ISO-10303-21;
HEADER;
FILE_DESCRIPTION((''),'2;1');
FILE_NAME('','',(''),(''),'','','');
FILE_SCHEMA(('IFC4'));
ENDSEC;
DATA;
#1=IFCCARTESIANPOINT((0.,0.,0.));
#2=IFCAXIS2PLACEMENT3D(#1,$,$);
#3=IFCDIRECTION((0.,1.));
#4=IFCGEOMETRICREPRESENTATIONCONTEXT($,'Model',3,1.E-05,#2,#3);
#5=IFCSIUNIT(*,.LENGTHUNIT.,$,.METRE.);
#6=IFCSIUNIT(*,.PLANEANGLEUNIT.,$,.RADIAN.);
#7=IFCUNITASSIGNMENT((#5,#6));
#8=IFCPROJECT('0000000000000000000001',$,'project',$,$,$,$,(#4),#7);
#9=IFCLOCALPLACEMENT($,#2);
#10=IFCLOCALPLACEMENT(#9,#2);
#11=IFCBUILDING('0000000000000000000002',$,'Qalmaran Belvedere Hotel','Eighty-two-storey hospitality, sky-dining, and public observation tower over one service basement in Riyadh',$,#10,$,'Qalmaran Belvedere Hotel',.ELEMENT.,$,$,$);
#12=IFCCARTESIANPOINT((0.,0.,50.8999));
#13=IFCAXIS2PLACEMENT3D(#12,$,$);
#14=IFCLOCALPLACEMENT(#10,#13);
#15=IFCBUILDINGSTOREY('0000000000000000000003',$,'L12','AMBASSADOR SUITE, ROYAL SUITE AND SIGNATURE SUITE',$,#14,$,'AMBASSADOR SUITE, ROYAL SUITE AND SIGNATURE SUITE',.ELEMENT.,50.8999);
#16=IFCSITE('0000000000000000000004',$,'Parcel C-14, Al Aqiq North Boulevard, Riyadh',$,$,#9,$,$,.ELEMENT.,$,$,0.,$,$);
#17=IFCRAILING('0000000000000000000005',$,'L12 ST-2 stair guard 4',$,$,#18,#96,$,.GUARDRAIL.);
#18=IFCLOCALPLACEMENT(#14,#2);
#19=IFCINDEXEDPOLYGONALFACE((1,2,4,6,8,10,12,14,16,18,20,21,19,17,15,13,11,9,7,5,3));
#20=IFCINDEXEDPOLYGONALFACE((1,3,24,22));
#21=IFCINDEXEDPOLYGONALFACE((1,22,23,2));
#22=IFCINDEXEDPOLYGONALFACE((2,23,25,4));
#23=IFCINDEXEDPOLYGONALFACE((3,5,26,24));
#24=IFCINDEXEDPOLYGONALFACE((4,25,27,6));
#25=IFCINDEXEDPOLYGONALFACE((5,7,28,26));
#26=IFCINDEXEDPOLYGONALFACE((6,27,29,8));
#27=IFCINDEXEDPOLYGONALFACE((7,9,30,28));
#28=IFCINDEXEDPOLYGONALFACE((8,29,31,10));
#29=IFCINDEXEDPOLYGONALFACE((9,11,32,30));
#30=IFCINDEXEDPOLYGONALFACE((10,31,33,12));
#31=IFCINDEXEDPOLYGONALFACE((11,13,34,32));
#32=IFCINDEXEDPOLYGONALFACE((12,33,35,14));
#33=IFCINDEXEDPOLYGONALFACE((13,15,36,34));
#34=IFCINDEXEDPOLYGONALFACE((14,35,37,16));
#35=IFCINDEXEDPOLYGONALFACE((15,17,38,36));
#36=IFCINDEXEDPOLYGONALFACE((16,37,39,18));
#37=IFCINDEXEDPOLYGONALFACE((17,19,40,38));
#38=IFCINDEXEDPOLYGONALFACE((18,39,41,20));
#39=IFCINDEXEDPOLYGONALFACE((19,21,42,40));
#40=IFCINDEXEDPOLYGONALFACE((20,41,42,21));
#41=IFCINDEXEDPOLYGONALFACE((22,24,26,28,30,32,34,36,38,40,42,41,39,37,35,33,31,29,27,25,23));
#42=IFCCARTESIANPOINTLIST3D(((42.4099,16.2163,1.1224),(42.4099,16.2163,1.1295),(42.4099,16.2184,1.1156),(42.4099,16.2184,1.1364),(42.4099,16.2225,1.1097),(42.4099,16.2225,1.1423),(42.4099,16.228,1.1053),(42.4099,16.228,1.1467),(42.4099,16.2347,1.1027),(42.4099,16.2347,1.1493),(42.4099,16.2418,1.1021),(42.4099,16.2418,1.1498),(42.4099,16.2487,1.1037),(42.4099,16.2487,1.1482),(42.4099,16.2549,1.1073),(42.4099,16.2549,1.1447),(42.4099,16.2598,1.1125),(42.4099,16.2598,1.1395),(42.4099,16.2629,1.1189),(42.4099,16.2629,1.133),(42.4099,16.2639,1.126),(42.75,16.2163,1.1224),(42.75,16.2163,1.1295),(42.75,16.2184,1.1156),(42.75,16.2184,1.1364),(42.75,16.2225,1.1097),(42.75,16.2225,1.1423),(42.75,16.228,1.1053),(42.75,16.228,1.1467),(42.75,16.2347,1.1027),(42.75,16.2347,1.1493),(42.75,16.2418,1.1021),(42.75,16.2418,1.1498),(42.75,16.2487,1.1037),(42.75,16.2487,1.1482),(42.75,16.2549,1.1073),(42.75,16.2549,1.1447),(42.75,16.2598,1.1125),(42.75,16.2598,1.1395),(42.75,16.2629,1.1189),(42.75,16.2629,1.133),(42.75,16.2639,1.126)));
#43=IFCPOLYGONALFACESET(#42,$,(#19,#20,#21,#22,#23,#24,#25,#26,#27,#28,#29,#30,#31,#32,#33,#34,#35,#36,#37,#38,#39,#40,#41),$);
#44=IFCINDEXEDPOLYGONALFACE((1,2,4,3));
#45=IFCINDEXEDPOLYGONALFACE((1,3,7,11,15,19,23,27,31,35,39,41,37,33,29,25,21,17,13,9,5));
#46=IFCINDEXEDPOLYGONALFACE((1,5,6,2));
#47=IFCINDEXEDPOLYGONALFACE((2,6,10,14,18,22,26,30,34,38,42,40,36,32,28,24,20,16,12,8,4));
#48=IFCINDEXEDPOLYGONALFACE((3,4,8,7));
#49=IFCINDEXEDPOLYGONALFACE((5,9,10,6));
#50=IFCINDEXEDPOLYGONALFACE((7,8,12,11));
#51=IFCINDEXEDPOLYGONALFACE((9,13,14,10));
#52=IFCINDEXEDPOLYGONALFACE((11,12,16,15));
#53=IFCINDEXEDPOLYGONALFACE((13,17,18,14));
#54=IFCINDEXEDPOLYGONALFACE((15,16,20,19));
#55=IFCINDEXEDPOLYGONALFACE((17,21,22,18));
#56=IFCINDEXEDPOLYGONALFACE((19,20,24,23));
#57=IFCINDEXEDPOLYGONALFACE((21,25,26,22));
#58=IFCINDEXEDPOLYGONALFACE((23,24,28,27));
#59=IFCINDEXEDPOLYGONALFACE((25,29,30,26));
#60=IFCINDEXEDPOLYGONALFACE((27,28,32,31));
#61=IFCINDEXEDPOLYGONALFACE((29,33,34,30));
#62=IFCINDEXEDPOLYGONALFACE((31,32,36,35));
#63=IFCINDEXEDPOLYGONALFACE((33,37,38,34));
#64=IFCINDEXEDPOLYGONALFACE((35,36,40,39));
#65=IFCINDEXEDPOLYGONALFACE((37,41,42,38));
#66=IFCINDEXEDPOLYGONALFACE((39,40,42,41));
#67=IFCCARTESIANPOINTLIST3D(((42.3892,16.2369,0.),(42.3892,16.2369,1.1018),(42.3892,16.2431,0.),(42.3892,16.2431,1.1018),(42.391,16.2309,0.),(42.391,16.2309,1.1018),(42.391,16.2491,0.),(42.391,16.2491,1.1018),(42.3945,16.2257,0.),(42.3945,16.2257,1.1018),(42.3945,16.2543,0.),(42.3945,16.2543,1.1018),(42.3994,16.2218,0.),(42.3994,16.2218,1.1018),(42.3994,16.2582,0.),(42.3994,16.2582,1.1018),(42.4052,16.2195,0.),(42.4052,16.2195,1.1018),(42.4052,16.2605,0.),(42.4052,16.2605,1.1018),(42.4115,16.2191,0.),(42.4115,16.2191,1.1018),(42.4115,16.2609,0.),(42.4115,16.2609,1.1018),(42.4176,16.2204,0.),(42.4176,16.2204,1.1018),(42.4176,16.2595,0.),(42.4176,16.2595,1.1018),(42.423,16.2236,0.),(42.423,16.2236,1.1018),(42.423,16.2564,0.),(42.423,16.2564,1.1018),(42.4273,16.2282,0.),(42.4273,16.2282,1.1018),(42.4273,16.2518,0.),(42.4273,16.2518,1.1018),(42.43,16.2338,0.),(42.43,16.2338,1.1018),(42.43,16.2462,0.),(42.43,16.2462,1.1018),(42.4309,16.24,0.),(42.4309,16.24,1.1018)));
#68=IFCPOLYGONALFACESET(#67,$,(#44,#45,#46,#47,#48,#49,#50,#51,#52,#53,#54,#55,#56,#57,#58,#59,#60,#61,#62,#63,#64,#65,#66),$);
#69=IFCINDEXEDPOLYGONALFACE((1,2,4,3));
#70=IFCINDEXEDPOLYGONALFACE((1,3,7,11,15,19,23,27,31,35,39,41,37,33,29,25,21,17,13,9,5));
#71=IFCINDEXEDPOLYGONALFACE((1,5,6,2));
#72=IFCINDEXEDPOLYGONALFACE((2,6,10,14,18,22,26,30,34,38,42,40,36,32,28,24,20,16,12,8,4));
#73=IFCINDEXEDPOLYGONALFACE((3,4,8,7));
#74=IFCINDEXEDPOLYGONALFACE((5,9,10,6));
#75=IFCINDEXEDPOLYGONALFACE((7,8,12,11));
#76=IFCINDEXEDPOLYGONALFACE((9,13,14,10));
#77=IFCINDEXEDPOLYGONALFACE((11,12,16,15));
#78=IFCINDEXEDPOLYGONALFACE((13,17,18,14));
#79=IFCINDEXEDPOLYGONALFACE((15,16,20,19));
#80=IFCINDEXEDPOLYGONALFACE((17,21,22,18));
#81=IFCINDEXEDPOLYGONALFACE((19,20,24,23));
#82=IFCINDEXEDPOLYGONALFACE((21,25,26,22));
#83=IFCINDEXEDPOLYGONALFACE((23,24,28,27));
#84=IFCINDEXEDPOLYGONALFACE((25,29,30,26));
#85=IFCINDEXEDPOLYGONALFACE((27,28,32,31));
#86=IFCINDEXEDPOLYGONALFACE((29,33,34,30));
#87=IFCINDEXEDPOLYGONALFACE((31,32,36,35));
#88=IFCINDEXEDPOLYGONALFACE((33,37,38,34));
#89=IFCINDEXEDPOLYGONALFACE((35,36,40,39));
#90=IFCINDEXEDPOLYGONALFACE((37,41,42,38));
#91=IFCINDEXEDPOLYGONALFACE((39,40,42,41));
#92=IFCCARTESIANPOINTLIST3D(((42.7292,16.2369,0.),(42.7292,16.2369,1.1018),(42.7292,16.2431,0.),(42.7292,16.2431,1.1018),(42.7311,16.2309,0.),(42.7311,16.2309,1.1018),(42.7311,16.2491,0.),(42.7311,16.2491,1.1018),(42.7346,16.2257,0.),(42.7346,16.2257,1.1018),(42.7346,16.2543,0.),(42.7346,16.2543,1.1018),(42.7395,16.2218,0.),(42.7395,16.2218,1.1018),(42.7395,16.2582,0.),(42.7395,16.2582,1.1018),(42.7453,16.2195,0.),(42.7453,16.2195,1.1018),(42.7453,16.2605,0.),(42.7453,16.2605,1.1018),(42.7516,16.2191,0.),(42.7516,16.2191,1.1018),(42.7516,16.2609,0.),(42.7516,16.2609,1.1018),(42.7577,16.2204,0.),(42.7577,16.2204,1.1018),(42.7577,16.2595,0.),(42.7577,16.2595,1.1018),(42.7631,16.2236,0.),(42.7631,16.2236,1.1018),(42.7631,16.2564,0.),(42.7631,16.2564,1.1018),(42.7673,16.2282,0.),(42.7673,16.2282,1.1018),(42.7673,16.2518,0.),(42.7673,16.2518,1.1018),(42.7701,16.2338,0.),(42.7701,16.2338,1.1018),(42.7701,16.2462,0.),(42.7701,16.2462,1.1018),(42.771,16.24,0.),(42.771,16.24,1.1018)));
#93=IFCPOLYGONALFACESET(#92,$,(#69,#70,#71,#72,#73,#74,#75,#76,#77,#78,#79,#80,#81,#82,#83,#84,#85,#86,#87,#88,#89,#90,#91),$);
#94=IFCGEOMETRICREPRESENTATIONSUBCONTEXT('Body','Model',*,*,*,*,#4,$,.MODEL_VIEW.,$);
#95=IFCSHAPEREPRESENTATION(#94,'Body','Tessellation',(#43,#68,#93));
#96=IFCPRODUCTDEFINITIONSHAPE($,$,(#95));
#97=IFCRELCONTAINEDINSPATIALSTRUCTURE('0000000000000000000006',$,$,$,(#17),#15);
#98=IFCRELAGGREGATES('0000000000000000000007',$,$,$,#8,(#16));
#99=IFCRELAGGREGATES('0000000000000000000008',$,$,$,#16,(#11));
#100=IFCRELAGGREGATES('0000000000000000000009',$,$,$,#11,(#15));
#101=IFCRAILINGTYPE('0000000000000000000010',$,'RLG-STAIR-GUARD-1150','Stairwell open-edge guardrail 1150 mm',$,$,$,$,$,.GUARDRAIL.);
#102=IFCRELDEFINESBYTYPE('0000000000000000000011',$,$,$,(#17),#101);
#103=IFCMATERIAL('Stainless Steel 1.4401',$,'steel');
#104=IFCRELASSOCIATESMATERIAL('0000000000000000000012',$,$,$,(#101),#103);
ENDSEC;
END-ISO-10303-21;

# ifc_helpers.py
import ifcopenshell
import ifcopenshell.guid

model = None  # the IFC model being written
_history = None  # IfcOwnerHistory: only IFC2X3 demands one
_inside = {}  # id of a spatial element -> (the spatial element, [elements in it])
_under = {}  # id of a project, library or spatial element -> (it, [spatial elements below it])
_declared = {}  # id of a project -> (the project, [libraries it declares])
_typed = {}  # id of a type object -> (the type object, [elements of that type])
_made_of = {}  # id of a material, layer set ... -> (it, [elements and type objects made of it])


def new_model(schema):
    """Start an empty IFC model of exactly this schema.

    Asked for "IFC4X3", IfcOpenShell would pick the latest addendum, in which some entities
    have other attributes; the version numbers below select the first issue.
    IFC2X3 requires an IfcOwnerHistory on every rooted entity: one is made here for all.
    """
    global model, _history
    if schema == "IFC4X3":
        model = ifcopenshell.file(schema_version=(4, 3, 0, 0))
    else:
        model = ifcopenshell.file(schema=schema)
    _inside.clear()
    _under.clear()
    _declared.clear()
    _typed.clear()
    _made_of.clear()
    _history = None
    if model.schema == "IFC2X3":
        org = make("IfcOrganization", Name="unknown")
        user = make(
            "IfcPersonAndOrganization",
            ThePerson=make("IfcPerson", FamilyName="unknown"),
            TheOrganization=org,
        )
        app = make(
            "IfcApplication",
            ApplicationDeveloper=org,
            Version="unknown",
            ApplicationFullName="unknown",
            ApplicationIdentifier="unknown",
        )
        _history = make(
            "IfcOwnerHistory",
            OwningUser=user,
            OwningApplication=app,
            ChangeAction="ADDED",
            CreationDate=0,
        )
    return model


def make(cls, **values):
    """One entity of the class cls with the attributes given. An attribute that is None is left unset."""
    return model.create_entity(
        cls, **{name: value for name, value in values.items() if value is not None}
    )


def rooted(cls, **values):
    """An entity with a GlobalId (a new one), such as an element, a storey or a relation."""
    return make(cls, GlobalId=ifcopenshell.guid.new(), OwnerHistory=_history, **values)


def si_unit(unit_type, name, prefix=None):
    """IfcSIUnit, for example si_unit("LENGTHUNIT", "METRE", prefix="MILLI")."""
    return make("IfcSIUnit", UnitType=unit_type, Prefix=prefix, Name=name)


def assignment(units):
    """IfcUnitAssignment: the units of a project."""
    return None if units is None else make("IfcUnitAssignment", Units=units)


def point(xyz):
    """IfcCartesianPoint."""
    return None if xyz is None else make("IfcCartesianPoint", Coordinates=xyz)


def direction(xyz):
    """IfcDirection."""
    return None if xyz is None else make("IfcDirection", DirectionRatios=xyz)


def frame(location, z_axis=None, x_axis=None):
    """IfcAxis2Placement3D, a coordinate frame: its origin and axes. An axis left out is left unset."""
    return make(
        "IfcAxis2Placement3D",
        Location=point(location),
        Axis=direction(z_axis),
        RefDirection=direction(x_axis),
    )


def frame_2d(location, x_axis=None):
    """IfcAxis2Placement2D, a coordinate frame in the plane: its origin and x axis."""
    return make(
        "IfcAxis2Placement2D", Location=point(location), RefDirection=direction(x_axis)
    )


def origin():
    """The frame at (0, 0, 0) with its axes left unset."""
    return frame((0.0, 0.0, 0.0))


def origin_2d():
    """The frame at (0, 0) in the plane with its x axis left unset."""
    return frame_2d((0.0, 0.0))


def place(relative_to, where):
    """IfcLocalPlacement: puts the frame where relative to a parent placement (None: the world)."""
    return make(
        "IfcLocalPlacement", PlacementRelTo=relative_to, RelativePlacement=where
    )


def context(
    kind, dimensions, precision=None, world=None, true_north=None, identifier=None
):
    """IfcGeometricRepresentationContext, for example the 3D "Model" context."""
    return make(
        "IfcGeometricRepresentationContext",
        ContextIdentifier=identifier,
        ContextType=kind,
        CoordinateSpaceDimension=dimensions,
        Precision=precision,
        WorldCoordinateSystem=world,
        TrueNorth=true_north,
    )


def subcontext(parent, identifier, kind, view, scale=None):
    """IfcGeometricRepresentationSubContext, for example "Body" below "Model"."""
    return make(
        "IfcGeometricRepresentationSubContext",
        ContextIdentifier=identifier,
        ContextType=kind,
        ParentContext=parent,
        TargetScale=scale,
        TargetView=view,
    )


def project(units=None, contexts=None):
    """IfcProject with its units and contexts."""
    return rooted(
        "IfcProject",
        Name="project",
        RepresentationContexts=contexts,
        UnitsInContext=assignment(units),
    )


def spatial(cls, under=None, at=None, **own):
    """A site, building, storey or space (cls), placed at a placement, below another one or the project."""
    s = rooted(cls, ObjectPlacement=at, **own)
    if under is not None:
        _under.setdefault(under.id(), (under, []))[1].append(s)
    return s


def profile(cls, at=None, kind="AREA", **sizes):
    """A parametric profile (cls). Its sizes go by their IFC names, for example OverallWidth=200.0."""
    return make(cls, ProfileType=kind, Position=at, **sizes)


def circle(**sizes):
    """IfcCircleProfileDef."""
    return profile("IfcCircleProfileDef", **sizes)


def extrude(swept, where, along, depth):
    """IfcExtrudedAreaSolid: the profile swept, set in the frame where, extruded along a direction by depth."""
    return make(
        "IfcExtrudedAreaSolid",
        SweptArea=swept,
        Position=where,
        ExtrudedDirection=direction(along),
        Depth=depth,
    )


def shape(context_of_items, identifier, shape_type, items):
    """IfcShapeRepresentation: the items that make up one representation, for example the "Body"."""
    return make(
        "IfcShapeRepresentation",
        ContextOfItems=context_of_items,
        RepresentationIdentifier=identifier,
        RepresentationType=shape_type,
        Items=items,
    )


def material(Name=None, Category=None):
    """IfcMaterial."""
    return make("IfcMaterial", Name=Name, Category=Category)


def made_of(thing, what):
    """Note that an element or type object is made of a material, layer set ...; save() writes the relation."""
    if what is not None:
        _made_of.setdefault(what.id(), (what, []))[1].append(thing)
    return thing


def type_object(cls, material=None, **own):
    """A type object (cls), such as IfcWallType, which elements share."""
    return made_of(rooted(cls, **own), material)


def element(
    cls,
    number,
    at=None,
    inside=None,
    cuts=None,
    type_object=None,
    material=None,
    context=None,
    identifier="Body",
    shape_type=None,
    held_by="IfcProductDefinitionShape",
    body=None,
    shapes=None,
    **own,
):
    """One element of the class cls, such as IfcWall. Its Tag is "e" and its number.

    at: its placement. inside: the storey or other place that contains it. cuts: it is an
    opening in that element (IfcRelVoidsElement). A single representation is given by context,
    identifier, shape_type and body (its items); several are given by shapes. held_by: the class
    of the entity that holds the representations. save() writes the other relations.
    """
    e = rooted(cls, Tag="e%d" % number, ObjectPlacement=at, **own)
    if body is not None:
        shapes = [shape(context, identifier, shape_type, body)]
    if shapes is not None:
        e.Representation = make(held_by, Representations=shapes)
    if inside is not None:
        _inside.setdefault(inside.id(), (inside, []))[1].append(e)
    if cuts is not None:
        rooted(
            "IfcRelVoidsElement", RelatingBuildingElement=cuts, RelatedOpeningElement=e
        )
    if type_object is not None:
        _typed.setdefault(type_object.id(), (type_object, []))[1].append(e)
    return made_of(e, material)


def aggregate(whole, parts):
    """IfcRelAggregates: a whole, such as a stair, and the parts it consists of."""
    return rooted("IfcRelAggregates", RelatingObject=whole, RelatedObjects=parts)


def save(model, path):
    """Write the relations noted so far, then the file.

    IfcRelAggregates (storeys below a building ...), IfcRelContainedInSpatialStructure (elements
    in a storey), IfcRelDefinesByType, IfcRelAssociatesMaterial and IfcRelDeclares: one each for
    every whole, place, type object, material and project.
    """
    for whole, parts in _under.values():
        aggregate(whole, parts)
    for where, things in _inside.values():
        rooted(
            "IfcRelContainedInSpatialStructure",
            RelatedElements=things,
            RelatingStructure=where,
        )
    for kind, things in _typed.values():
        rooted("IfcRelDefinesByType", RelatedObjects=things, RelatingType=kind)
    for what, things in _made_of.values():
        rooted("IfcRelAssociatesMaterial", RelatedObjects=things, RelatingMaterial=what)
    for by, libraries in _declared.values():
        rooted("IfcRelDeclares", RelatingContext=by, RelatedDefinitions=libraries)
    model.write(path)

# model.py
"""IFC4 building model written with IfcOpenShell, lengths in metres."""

from ifc_helpers import new_model, si_unit, direction, frame, origin, origin_2d, place, context, subcontext, project, spatial, circle, extrude, material, type_object, element, save


model = new_model("IFC4")

# Units and contexts
model_context = context("Model", 3, precision=1e-05, world=origin(), true_north=direction((0.0, 1.0)))
body_context = subcontext(model_context, "Body", "Model", "MODEL_VIEW")
ifc_project = project(units=[si_unit("LENGTHUNIT", "METRE"), si_unit("PLANEANGLEUNIT", "RADIAN")], contexts=[model_context])

# Site, building, storey
site_placement = place(None, origin())
site = spatial("IfcSite", under=ifc_project, at=site_placement, Name="Parcel C-14, Al Aqiq North Boulevard, Riyadh", CompositionType="ELEMENT", RefElevation=0.0)
building_placement = place(site_placement, origin())
building = spatial("IfcBuilding", under=site, at=building_placement, Name="Qalmaran Belvedere Hotel", Description="Eighty-two-storey hospitality, sky-dining, and public observation tower over one service basement in Riyadh", LongName="Qalmaran Belvedere Hotel", CompositionType="ELEMENT")
storey_placement = place(building_placement, frame((0.0, 0.0, 50.8999)))
storey = spatial("IfcBuildingStorey", under=building, at=storey_placement, Name="L12", Description="AMBASSADOR SUITE, ROYAL SUITE AND SIGNATURE SUITE", LongName="AMBASSADOR SUITE, ROYAL SUITE AND SIGNATURE SUITE", CompositionType="ELEMENT", Elevation=50.8999)

# Shared definitions
ifc_material_1 = material(Name="Stainless Steel 1.4401", Category="steel")

# Railing
railing_type_1 = type_object("IfcRailingType", Name="RLG-STAIR-GUARD-1150", Description="Stairwell open-edge guardrail 1150 mm", PredefinedType="GUARDRAIL", material=ifc_material_1)
railing_1_placement = place(storey_placement, frame((42.4099, 16.24, 0.0)))
element("IfcRailing", 1, at=railing_1_placement, inside=storey, type_object=railing_type_1, Name="L12 ST-2 stair guard 4", PredefinedType="GUARDRAIL", context=body_context, shape_type="SweptSolid", body=[
    extrude(circle(Radius=0.0239, at=origin_2d()), frame((0.0, 0.0, 1.126), z_axis=(1.0, 0.0, 0.0), x_axis=(0.0, 1.0, 0.0)), (0.0, 0.0, 1.0), 0.3401),
    extrude(circle(Radius=0.021, at=origin_2d()), origin(), (0.0, 0.0, 1.0), 1.1018),
    extrude(circle(Radius=0.021, at=origin_2d()), frame((0.3401, 0.0, 0.0)), (0.0, 0.0, 1.0), 1.1018),
])

save(model, "model.ifc")
